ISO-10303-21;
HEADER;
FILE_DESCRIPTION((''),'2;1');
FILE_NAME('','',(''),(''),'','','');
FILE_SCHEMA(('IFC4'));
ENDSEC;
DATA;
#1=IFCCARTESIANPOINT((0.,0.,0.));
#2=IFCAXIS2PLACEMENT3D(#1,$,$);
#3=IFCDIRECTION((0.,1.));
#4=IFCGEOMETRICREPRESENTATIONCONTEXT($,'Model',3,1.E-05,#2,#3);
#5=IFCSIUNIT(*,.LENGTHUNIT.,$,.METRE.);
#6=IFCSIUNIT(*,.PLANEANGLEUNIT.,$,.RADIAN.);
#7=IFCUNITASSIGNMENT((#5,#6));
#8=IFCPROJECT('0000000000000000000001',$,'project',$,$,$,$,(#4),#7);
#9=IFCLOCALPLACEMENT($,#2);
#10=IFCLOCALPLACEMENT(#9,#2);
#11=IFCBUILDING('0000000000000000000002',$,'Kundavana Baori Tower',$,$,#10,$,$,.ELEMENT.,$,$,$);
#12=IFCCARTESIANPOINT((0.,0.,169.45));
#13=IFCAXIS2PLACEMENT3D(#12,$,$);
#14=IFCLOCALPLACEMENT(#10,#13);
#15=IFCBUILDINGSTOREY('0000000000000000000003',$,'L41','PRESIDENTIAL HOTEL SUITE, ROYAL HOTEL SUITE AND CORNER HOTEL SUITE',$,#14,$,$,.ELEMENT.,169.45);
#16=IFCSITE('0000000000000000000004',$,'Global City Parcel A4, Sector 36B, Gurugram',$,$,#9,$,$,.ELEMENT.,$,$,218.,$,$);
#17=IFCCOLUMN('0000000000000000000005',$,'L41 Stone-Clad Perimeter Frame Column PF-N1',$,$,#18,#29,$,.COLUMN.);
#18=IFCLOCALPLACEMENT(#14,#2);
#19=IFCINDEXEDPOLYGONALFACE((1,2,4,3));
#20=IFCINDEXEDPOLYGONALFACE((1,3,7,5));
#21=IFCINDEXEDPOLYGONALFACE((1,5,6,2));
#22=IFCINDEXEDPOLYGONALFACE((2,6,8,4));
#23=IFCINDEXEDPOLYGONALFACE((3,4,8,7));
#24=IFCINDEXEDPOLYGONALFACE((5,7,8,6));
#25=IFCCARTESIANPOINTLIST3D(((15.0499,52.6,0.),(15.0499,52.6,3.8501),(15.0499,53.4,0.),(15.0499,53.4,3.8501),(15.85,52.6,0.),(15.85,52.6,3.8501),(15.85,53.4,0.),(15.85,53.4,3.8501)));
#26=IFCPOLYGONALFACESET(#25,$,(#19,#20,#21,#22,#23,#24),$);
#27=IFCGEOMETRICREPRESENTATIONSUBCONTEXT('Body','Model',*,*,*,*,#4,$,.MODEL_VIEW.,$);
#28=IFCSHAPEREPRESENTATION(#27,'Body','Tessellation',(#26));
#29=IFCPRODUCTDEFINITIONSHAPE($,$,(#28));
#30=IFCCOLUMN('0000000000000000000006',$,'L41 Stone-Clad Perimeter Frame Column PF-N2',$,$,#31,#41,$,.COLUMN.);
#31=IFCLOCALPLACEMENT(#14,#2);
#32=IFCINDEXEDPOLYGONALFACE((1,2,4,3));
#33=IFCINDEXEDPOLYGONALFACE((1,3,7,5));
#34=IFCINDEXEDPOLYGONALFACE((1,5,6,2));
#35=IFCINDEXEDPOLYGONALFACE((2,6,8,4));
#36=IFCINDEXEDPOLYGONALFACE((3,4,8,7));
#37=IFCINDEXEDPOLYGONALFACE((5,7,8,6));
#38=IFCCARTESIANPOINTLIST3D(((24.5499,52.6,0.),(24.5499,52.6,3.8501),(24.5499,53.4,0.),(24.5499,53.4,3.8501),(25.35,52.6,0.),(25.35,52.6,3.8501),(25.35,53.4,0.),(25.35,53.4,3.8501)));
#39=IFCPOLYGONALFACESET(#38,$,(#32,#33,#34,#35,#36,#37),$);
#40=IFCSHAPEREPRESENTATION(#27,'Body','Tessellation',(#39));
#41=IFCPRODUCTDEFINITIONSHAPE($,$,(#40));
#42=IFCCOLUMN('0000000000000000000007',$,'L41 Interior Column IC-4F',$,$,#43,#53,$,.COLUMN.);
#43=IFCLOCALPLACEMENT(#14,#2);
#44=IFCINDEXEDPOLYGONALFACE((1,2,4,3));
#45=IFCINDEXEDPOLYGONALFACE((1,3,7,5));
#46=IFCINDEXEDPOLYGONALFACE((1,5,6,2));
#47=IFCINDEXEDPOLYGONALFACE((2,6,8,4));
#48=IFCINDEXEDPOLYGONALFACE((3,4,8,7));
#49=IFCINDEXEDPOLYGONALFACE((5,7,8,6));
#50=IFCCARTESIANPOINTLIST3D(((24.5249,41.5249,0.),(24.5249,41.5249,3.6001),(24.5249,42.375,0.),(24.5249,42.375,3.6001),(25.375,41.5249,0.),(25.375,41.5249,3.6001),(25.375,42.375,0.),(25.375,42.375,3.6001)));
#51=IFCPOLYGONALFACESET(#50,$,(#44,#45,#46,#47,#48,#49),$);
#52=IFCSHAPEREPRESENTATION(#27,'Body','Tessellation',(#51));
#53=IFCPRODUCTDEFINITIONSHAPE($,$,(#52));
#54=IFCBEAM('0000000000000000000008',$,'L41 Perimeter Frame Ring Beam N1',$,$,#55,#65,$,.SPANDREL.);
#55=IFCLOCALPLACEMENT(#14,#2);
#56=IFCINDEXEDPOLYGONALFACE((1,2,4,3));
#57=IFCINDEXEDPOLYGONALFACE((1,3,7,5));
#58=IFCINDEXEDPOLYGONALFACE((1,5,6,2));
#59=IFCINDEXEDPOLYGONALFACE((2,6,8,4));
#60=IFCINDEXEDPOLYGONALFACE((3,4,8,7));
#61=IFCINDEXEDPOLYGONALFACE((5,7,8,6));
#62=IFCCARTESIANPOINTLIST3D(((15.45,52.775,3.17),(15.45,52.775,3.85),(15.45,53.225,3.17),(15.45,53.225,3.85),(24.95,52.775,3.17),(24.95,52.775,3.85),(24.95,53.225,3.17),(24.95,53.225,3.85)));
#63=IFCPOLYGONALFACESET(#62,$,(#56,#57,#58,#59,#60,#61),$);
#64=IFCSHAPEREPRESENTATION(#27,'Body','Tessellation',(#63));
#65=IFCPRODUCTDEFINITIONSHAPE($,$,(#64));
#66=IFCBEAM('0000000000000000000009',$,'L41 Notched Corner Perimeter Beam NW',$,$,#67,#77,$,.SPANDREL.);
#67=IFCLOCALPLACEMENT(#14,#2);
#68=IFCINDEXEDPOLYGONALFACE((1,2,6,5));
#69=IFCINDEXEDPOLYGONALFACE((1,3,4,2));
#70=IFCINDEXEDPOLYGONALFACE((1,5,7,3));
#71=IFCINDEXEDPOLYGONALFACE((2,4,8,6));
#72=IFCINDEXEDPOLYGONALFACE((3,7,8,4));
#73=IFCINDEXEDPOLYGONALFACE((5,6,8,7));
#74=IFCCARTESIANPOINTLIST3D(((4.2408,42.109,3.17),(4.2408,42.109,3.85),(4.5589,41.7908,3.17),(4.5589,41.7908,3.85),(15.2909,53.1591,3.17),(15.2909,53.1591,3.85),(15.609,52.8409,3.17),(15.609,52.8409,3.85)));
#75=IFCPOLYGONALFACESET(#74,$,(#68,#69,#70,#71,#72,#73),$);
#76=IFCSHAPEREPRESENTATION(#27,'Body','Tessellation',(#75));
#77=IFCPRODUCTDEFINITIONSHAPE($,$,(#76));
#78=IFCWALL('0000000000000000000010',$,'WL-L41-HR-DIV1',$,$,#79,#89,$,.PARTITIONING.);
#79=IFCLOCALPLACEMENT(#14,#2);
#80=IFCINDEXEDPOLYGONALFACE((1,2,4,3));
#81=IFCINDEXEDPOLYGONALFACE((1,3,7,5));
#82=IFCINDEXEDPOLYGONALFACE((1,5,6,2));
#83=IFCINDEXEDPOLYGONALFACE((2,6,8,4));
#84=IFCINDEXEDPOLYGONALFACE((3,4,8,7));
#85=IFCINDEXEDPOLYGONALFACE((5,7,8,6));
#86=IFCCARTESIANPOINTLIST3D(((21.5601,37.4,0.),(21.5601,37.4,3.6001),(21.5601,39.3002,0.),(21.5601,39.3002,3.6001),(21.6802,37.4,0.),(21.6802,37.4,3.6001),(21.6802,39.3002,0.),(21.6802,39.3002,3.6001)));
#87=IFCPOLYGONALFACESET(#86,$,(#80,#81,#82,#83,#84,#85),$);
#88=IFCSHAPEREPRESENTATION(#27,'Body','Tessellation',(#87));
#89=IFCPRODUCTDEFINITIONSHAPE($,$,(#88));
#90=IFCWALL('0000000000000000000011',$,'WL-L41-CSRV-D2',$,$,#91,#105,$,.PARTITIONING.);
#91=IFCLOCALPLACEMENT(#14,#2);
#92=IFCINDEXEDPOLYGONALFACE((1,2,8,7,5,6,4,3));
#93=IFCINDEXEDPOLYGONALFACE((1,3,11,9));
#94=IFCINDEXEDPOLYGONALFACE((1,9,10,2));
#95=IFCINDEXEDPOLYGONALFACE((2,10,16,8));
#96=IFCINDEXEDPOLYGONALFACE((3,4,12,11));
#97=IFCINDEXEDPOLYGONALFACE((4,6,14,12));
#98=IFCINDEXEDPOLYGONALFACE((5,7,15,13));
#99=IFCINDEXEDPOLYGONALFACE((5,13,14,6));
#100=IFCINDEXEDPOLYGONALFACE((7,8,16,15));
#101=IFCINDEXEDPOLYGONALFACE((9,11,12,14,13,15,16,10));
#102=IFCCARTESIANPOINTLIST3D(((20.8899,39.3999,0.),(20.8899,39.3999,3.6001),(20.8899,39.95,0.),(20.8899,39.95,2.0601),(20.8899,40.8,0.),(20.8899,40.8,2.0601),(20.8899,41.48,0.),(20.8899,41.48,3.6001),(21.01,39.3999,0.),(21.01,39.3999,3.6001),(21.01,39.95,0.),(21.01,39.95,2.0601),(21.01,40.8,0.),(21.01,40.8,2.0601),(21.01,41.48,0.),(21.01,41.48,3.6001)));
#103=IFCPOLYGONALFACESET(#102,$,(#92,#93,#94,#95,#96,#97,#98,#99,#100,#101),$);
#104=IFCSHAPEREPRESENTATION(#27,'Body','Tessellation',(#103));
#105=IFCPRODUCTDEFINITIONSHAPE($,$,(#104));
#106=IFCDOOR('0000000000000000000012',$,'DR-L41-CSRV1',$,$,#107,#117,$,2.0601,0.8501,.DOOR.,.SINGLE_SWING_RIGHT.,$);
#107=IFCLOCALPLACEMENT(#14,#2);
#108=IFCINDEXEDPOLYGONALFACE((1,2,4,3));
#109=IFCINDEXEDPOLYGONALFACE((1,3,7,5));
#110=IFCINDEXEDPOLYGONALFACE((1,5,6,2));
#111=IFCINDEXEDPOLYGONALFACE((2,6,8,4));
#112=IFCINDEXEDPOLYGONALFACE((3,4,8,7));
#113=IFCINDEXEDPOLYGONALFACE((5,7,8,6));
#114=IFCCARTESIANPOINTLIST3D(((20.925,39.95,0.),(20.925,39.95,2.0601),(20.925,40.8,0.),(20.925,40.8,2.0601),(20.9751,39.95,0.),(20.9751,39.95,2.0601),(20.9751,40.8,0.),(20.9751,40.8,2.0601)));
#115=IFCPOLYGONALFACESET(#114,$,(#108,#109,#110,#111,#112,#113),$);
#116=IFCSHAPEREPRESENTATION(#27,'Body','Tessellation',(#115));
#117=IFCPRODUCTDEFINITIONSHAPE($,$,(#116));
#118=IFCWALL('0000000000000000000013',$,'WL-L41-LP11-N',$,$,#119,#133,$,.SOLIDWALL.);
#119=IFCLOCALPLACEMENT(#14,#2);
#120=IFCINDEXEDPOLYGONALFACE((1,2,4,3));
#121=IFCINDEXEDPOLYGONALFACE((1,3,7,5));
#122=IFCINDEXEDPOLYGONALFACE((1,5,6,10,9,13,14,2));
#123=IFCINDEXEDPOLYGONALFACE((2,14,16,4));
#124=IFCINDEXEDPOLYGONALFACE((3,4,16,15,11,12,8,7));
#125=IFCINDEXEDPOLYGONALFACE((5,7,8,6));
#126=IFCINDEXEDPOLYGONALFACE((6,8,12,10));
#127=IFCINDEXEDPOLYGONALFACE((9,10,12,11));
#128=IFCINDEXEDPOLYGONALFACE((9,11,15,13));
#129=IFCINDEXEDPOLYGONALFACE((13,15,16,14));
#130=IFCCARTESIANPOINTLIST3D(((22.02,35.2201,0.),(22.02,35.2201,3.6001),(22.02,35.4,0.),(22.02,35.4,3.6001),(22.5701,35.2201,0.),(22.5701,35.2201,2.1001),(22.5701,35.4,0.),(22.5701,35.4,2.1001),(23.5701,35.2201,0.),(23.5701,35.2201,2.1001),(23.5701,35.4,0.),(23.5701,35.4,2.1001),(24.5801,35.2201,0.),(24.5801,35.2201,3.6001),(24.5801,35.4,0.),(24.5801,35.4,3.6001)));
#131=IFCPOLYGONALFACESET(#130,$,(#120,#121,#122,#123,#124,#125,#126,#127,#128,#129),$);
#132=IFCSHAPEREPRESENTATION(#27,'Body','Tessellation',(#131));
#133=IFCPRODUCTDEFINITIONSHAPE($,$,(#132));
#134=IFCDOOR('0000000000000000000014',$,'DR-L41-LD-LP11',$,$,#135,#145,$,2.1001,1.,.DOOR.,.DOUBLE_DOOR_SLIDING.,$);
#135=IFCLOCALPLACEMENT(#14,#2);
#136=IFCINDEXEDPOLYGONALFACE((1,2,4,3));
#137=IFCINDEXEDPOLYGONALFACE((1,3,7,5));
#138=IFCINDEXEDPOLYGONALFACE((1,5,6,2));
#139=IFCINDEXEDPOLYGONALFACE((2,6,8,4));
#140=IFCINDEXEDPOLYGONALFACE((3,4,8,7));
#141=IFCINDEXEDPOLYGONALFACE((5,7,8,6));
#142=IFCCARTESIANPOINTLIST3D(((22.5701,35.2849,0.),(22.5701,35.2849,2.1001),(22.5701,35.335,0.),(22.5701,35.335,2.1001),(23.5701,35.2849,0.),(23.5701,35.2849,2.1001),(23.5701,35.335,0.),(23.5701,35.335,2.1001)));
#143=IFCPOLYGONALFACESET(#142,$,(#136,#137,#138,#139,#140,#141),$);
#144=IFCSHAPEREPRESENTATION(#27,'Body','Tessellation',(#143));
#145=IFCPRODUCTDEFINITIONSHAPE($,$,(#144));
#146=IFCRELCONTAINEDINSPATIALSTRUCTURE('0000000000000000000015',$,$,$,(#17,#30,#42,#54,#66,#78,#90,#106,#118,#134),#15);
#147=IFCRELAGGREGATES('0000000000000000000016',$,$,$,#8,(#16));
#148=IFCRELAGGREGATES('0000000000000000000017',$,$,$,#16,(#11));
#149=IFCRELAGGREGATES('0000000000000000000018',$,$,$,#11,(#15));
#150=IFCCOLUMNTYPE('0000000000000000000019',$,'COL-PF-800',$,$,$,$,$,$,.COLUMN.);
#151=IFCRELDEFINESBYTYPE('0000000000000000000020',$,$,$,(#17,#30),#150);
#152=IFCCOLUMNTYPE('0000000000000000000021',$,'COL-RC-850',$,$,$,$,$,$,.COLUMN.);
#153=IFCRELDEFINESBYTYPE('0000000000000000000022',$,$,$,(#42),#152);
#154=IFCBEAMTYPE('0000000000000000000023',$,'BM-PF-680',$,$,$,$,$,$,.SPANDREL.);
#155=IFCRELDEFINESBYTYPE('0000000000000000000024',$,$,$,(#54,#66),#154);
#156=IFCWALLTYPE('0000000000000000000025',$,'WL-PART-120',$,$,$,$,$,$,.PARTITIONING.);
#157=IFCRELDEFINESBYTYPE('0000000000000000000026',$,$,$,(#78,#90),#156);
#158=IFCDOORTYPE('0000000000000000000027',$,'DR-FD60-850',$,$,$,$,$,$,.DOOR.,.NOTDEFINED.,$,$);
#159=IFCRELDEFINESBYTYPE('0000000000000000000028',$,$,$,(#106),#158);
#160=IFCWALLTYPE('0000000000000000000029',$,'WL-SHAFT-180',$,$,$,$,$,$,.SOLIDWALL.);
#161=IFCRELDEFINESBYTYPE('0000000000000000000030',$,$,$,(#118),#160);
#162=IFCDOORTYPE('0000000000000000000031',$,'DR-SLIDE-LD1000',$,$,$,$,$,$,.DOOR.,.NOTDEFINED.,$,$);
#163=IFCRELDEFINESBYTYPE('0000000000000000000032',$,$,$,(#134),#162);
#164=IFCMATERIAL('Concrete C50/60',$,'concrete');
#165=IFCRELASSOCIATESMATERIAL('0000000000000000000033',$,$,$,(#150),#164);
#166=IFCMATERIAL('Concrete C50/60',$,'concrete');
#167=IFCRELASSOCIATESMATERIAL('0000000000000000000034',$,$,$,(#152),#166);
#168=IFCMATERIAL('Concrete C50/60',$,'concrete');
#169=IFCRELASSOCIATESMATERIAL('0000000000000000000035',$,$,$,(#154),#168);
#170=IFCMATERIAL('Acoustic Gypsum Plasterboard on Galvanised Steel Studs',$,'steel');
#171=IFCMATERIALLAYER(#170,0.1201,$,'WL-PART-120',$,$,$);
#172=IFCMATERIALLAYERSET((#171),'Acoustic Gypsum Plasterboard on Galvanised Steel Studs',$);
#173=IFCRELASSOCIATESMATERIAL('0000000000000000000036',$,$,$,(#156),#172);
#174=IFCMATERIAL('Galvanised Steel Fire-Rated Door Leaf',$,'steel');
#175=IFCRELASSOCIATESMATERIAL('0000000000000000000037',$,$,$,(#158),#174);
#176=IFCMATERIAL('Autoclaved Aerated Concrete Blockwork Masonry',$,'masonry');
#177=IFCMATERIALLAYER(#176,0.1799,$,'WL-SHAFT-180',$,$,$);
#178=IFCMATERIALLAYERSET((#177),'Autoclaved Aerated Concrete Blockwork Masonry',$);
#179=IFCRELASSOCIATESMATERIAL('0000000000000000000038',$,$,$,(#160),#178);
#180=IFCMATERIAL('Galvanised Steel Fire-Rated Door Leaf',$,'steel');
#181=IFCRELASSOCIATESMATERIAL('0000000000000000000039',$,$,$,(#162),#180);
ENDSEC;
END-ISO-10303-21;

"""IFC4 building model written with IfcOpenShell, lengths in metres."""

from ifc_helpers import new_model, si_unit, direction, frame, frame_2d, origin, origin_2d, place, context, subcontext, project, spatial, rectangle, extrude, material, layer, layer_set, material_profile, profile_set, type_object, element, fill, save


model = new_model("IFC4")

# Units and contexts
model_context = context("Model", 3, precision=1e-05, world=origin(), true_north=direction((0.0, 1.0)))
body_context = subcontext(model_context, "Body", "Model", "MODEL_VIEW")
ifc_project = project(units=[si_unit("LENGTHUNIT", "METRE"), si_unit("PLANEANGLEUNIT", "RADIAN")], contexts=[model_context])

# Site, building, storey
site_placement = place(None, origin())
site = spatial("IfcSite", under=ifc_project, at=site_placement, Name="Global City Parcel A4, Sector 36B, Gurugram", CompositionType="ELEMENT", RefElevation=218.0)
building_placement = place(site_placement, origin())
building = spatial("IfcBuilding", under=site, at=building_placement, Name="Kundavana Baori Tower", CompositionType="ELEMENT")
storey_placement = place(building_placement, frame((0.0, 0.0, 169.45)))
storey = spatial("IfcBuildingStorey", under=building, at=storey_placement, Name="L41", Description="PRESIDENTIAL HOTEL SUITE, ROYAL HOTEL SUITE AND CORNER HOTEL SUITE", CompositionType="ELEMENT", Elevation=169.45)

# Columns
ifc_material_1 = material(Name="Concrete C50/60", Category="concrete")
ifc_material_profile_1 = material_profile(ifc_material_1, rectangle(XDim=0.8, YDim=0.8, at=origin_2d()), Name="RC PF 800x800")
ifc_profile_set_1 = profile_set([ifc_material_profile_1], Name="Concrete C50/60")
column_type_1 = type_object("IfcColumnType", Name="COL-PF-800", PredefinedType="COLUMN", material=ifc_profile_set_1)
for number, where, z_axis, x_axis, name in (
    (1, (15.45, 53.0, 0.0), (0.0, 0.0, 1.0), (1.0, 0.0, 0.0), "L41 Stone-Clad Perimeter Frame Column PF-N1"),
    (2, (24.95, 53.0, 0.0), (0.0, 0.0, 1.0), (1.0, 0.0, 0.0), "L41 Stone-Clad Perimeter Frame Column PF-N2"),
):
    element("IfcColumn", number, at=place(storey_placement, frame(where, z_axis=z_axis, x_axis=x_axis)), inside=storey, type_object=column_type_1, Name=name, PredefinedType="COLUMN", context=body_context, shape_type="SweptSolid", body=[
        extrude(rectangle(XDim=0.8, YDim=0.8, at=origin_2d()), origin(), (0.0, 0.0, 1.0), 3.8501),
    ])
ifc_material_2 = material(Name="Concrete C50/60", Category="concrete")
ifc_material_profile_2 = material_profile(ifc_material_2, rectangle(XDim=0.8501, YDim=0.8501, at=origin_2d()), Name="RC 850x850")
ifc_profile_set_2 = profile_set([ifc_material_profile_2], Name="Concrete C50/60")
column_type_2 = type_object("IfcColumnType", Name="COL-RC-850", PredefinedType="COLUMN", material=ifc_profile_set_2)
column_placement = place(storey_placement, frame((24.95, 41.95, 0.0), z_axis=(0.0, 0.0, 1.0), x_axis=(1.0, 0.0, 0.0)))
element("IfcColumn", 3, at=column_placement, inside=storey, type_object=column_type_2, Name="L41 Interior Column IC-4F", PredefinedType="COLUMN", context=body_context, shape_type="SweptSolid", body=[
    extrude(rectangle(XDim=0.8501, YDim=0.8501, at=origin_2d()), origin(), (0.0, 0.0, 1.0), 3.6001),
])

# Beams
ifc_material_3 = material(Name="Concrete C50/60", Category="concrete")
ifc_material_profile_3 = material_profile(ifc_material_3, rectangle(XDim=0.45, YDim=0.6799, at=origin_2d()), Name="RC BM 450x680")
ifc_profile_set_3 = profile_set([ifc_material_profile_3], Name="Concrete C50/60")
beam_type = type_object("IfcBeamType", Name="BM-PF-680", PredefinedType="SPANDREL", material=ifc_profile_set_3)
beam_1_placement = place(storey_placement, frame((15.45, 53.0, 3.51), z_axis=(1.0, 0.0, 0.0), x_axis=(0.0, 1.0, 0.0)))
element("IfcBeam", 4, at=beam_1_placement, inside=storey, type_object=beam_type, Name="L41 Perimeter Frame Ring Beam N1", PredefinedType="SPANDREL", context=body_context, shape_type="SweptSolid", body=[
    extrude(rectangle(XDim=0.45, YDim=0.6799, at=origin_2d()), origin(), (0.0, 0.0, 1.0), 9.5),
])
beam_2_placement = place(storey_placement, frame((15.45, 53.0, 3.51), z_axis=(-0.707107, -0.707107, 0.0), x_axis=(0.707107, -0.707107, 0.0)))
element("IfcBeam", 5, at=beam_2_placement, inside=storey, type_object=beam_type, Name="L41 Notched Corner Perimeter Beam NW", PredefinedType="SPANDREL", context=body_context, shape_type="SweptSolid", body=[
    extrude(rectangle(XDim=0.45, YDim=0.6799, at=origin_2d()), origin(), (0.0, 0.0, 1.0), 15.6272),
])

# Wall
ifc_material_4 = material(Name="Acoustic Gypsum Plasterboard on Galvanised Steel Studs", Category="steel")
ifc_layer_1 = layer(ifc_material_4, 0.1201, Name="WL-PART-120")
ifc_layer_set_1 = layer_set([ifc_layer_1], Name="Acoustic Gypsum Plasterboard on Galvanised Steel Studs")
wall_type_1 = type_object("IfcWallType", Name="WL-PART-120", PredefinedType="PARTITIONING", material=ifc_layer_set_1)
wall_1_placement = place(storey_placement, frame((21.6201, 37.3999, 0.0), z_axis=(0.0, 0.0, 1.0), x_axis=(0.0, 1.0, 0.0)))
element("IfcWall", 6, at=wall_1_placement, inside=storey, type_object=wall_type_1, Name="WL-L41-HR-DIV1", PredefinedType="PARTITIONING", context=body_context, shape_type="SweptSolid", body=[
    extrude(rectangle(XDim=1.9001, YDim=0.1201, at=frame_2d((0.9502, 0.0))), origin(), (0.0, 0.0, 1.0), 3.6001),
])

# Walls, openings, doors
wall_2_placement = place(storey_placement, frame((20.95, 39.3999, 0.0), z_axis=(0.0, 0.0, 1.0), x_axis=(0.0, 1.0, 0.0)))
wall_2 = element("IfcWall", 7, at=wall_2_placement, inside=storey, type_object=wall_type_1, Name="WL-L41-CSRV-D2", PredefinedType="PARTITIONING", context=body_context, shape_type="SweptSolid", body=[
    extrude(rectangle(XDim=2.0801, YDim=0.1201, at=frame_2d((1.04, 0.0))), origin(), (0.0, 0.0, 1.0), 3.6001),
])
opening_1_placement = place(wall_2_placement, frame((0.55, 0.0, 0.0)))
opening_1 = element("IfcOpeningElement", 8, at=opening_1_placement, cuts=wall_2, PredefinedType="OPENING", context=body_context, shape_type="SweptSolid", body=[
    extrude(rectangle(XDim=0.8501, YDim=2.0601, at=frame_2d((0.425, 1.03))), frame((0.0, 0.0701, 0.0), z_axis=(0.0, -1.0, 0.0), x_axis=(1.0, 0.0, 0.0)), (0.0, 0.0, 1.0), 0.1401),
])
ifc_material_5 = material(Name="Galvanised Steel Fire-Rated Door Leaf", Category="steel")
door_type_1 = type_object("IfcDoorType", Name="DR-FD60-850", OperationType="NOTDEFINED", PredefinedType="DOOR", material=ifc_material_5)
door_1_placement = place(opening_1_placement, origin())
door_1 = element("IfcDoor", 9, at=door_1_placement, inside=storey, type_object=door_type_1, Name="DR-L41-CSRV1", OperationType="SINGLE_SWING_RIGHT", OverallHeight=2.0601, OverallWidth=0.8501, PredefinedType="DOOR", context=body_context, shape_type="SweptSolid", body=[
    extrude(rectangle(XDim=0.8501, YDim=2.0601, at=frame_2d((0.425, 1.03))), frame((0.0, 0.0249, 0.0), z_axis=(0.0, -1.0, 0.0), x_axis=(1.0, 0.0, 0.0)), (0.0, 0.0, 1.0), 0.05),
])
fill(opening_1, door_1)
ifc_material_6 = material(Name="Autoclaved Aerated Concrete Blockwork Masonry", Category="masonry")
ifc_layer_2 = layer(ifc_material_6, 0.1799, Name="WL-SHAFT-180")
ifc_layer_set_2 = layer_set([ifc_layer_2], Name="Autoclaved Aerated Concrete Blockwork Masonry")
wall_type_2 = type_object("IfcWallType", Name="WL-SHAFT-180", PredefinedType="SOLIDWALL", material=ifc_layer_set_2)
wall_3_placement = place(storey_placement, frame((22.02, 35.3101, 0.0), z_axis=(0.0, 0.0, 1.0), x_axis=(1.0, 0.0, 0.0)))
wall_3 = element("IfcWall", 10, at=wall_3_placement, inside=storey, type_object=wall_type_2, Name="WL-L41-LP11-N", PredefinedType="SOLIDWALL", context=body_context, shape_type="SweptSolid", body=[
    extrude(rectangle(XDim=2.5601, YDim=0.1799, at=frame_2d((1.28, 0.0))), origin(), (0.0, 0.0, 1.0), 3.6001),
])
opening_2_placement = place(wall_3_placement, frame((0.55, 0.0, 0.0)))
opening_2 = element("IfcOpeningElement", 11, at=opening_2_placement, cuts=wall_3, PredefinedType="OPENING", context=body_context, shape_type="SweptSolid", body=[
    extrude(rectangle(XDim=1.0, YDim=2.1001, at=frame_2d((0.5, 1.05))), frame((0.0, 0.1001, 0.0), z_axis=(0.0, -1.0, 0.0), x_axis=(1.0, 0.0, 0.0)), (0.0, 0.0, 1.0), 0.2),
])
ifc_material_7 = material(Name="Galvanised Steel Fire-Rated Door Leaf", Category="steel")
door_type_2 = type_object("IfcDoorType", Name="DR-SLIDE-LD1000", OperationType="NOTDEFINED", PredefinedType="DOOR", material=ifc_material_7)
door_2_placement = place(opening_2_placement, origin())
door_2 = element("IfcDoor", 12, at=door_2_placement, inside=storey, type_object=door_type_2, Name="DR-L41-LD-LP11", OperationType="DOUBLE_DOOR_SLIDING", OverallHeight=2.1001, OverallWidth=1.0, PredefinedType="DOOR", context=body_context, shape_type="SweptSolid", body=[
    extrude(rectangle(XDim=1.0, YDim=2.1001, at=frame_2d((0.5, 1.05))), frame((0.0, 0.0249, 0.0), z_axis=(0.0, -1.0, 0.0), x_axis=(1.0, 0.0, 0.0)), (0.0, 0.0, 1.0), 0.05),
])
fill(opening_2, door_2)

save(model, "model.ifc")
